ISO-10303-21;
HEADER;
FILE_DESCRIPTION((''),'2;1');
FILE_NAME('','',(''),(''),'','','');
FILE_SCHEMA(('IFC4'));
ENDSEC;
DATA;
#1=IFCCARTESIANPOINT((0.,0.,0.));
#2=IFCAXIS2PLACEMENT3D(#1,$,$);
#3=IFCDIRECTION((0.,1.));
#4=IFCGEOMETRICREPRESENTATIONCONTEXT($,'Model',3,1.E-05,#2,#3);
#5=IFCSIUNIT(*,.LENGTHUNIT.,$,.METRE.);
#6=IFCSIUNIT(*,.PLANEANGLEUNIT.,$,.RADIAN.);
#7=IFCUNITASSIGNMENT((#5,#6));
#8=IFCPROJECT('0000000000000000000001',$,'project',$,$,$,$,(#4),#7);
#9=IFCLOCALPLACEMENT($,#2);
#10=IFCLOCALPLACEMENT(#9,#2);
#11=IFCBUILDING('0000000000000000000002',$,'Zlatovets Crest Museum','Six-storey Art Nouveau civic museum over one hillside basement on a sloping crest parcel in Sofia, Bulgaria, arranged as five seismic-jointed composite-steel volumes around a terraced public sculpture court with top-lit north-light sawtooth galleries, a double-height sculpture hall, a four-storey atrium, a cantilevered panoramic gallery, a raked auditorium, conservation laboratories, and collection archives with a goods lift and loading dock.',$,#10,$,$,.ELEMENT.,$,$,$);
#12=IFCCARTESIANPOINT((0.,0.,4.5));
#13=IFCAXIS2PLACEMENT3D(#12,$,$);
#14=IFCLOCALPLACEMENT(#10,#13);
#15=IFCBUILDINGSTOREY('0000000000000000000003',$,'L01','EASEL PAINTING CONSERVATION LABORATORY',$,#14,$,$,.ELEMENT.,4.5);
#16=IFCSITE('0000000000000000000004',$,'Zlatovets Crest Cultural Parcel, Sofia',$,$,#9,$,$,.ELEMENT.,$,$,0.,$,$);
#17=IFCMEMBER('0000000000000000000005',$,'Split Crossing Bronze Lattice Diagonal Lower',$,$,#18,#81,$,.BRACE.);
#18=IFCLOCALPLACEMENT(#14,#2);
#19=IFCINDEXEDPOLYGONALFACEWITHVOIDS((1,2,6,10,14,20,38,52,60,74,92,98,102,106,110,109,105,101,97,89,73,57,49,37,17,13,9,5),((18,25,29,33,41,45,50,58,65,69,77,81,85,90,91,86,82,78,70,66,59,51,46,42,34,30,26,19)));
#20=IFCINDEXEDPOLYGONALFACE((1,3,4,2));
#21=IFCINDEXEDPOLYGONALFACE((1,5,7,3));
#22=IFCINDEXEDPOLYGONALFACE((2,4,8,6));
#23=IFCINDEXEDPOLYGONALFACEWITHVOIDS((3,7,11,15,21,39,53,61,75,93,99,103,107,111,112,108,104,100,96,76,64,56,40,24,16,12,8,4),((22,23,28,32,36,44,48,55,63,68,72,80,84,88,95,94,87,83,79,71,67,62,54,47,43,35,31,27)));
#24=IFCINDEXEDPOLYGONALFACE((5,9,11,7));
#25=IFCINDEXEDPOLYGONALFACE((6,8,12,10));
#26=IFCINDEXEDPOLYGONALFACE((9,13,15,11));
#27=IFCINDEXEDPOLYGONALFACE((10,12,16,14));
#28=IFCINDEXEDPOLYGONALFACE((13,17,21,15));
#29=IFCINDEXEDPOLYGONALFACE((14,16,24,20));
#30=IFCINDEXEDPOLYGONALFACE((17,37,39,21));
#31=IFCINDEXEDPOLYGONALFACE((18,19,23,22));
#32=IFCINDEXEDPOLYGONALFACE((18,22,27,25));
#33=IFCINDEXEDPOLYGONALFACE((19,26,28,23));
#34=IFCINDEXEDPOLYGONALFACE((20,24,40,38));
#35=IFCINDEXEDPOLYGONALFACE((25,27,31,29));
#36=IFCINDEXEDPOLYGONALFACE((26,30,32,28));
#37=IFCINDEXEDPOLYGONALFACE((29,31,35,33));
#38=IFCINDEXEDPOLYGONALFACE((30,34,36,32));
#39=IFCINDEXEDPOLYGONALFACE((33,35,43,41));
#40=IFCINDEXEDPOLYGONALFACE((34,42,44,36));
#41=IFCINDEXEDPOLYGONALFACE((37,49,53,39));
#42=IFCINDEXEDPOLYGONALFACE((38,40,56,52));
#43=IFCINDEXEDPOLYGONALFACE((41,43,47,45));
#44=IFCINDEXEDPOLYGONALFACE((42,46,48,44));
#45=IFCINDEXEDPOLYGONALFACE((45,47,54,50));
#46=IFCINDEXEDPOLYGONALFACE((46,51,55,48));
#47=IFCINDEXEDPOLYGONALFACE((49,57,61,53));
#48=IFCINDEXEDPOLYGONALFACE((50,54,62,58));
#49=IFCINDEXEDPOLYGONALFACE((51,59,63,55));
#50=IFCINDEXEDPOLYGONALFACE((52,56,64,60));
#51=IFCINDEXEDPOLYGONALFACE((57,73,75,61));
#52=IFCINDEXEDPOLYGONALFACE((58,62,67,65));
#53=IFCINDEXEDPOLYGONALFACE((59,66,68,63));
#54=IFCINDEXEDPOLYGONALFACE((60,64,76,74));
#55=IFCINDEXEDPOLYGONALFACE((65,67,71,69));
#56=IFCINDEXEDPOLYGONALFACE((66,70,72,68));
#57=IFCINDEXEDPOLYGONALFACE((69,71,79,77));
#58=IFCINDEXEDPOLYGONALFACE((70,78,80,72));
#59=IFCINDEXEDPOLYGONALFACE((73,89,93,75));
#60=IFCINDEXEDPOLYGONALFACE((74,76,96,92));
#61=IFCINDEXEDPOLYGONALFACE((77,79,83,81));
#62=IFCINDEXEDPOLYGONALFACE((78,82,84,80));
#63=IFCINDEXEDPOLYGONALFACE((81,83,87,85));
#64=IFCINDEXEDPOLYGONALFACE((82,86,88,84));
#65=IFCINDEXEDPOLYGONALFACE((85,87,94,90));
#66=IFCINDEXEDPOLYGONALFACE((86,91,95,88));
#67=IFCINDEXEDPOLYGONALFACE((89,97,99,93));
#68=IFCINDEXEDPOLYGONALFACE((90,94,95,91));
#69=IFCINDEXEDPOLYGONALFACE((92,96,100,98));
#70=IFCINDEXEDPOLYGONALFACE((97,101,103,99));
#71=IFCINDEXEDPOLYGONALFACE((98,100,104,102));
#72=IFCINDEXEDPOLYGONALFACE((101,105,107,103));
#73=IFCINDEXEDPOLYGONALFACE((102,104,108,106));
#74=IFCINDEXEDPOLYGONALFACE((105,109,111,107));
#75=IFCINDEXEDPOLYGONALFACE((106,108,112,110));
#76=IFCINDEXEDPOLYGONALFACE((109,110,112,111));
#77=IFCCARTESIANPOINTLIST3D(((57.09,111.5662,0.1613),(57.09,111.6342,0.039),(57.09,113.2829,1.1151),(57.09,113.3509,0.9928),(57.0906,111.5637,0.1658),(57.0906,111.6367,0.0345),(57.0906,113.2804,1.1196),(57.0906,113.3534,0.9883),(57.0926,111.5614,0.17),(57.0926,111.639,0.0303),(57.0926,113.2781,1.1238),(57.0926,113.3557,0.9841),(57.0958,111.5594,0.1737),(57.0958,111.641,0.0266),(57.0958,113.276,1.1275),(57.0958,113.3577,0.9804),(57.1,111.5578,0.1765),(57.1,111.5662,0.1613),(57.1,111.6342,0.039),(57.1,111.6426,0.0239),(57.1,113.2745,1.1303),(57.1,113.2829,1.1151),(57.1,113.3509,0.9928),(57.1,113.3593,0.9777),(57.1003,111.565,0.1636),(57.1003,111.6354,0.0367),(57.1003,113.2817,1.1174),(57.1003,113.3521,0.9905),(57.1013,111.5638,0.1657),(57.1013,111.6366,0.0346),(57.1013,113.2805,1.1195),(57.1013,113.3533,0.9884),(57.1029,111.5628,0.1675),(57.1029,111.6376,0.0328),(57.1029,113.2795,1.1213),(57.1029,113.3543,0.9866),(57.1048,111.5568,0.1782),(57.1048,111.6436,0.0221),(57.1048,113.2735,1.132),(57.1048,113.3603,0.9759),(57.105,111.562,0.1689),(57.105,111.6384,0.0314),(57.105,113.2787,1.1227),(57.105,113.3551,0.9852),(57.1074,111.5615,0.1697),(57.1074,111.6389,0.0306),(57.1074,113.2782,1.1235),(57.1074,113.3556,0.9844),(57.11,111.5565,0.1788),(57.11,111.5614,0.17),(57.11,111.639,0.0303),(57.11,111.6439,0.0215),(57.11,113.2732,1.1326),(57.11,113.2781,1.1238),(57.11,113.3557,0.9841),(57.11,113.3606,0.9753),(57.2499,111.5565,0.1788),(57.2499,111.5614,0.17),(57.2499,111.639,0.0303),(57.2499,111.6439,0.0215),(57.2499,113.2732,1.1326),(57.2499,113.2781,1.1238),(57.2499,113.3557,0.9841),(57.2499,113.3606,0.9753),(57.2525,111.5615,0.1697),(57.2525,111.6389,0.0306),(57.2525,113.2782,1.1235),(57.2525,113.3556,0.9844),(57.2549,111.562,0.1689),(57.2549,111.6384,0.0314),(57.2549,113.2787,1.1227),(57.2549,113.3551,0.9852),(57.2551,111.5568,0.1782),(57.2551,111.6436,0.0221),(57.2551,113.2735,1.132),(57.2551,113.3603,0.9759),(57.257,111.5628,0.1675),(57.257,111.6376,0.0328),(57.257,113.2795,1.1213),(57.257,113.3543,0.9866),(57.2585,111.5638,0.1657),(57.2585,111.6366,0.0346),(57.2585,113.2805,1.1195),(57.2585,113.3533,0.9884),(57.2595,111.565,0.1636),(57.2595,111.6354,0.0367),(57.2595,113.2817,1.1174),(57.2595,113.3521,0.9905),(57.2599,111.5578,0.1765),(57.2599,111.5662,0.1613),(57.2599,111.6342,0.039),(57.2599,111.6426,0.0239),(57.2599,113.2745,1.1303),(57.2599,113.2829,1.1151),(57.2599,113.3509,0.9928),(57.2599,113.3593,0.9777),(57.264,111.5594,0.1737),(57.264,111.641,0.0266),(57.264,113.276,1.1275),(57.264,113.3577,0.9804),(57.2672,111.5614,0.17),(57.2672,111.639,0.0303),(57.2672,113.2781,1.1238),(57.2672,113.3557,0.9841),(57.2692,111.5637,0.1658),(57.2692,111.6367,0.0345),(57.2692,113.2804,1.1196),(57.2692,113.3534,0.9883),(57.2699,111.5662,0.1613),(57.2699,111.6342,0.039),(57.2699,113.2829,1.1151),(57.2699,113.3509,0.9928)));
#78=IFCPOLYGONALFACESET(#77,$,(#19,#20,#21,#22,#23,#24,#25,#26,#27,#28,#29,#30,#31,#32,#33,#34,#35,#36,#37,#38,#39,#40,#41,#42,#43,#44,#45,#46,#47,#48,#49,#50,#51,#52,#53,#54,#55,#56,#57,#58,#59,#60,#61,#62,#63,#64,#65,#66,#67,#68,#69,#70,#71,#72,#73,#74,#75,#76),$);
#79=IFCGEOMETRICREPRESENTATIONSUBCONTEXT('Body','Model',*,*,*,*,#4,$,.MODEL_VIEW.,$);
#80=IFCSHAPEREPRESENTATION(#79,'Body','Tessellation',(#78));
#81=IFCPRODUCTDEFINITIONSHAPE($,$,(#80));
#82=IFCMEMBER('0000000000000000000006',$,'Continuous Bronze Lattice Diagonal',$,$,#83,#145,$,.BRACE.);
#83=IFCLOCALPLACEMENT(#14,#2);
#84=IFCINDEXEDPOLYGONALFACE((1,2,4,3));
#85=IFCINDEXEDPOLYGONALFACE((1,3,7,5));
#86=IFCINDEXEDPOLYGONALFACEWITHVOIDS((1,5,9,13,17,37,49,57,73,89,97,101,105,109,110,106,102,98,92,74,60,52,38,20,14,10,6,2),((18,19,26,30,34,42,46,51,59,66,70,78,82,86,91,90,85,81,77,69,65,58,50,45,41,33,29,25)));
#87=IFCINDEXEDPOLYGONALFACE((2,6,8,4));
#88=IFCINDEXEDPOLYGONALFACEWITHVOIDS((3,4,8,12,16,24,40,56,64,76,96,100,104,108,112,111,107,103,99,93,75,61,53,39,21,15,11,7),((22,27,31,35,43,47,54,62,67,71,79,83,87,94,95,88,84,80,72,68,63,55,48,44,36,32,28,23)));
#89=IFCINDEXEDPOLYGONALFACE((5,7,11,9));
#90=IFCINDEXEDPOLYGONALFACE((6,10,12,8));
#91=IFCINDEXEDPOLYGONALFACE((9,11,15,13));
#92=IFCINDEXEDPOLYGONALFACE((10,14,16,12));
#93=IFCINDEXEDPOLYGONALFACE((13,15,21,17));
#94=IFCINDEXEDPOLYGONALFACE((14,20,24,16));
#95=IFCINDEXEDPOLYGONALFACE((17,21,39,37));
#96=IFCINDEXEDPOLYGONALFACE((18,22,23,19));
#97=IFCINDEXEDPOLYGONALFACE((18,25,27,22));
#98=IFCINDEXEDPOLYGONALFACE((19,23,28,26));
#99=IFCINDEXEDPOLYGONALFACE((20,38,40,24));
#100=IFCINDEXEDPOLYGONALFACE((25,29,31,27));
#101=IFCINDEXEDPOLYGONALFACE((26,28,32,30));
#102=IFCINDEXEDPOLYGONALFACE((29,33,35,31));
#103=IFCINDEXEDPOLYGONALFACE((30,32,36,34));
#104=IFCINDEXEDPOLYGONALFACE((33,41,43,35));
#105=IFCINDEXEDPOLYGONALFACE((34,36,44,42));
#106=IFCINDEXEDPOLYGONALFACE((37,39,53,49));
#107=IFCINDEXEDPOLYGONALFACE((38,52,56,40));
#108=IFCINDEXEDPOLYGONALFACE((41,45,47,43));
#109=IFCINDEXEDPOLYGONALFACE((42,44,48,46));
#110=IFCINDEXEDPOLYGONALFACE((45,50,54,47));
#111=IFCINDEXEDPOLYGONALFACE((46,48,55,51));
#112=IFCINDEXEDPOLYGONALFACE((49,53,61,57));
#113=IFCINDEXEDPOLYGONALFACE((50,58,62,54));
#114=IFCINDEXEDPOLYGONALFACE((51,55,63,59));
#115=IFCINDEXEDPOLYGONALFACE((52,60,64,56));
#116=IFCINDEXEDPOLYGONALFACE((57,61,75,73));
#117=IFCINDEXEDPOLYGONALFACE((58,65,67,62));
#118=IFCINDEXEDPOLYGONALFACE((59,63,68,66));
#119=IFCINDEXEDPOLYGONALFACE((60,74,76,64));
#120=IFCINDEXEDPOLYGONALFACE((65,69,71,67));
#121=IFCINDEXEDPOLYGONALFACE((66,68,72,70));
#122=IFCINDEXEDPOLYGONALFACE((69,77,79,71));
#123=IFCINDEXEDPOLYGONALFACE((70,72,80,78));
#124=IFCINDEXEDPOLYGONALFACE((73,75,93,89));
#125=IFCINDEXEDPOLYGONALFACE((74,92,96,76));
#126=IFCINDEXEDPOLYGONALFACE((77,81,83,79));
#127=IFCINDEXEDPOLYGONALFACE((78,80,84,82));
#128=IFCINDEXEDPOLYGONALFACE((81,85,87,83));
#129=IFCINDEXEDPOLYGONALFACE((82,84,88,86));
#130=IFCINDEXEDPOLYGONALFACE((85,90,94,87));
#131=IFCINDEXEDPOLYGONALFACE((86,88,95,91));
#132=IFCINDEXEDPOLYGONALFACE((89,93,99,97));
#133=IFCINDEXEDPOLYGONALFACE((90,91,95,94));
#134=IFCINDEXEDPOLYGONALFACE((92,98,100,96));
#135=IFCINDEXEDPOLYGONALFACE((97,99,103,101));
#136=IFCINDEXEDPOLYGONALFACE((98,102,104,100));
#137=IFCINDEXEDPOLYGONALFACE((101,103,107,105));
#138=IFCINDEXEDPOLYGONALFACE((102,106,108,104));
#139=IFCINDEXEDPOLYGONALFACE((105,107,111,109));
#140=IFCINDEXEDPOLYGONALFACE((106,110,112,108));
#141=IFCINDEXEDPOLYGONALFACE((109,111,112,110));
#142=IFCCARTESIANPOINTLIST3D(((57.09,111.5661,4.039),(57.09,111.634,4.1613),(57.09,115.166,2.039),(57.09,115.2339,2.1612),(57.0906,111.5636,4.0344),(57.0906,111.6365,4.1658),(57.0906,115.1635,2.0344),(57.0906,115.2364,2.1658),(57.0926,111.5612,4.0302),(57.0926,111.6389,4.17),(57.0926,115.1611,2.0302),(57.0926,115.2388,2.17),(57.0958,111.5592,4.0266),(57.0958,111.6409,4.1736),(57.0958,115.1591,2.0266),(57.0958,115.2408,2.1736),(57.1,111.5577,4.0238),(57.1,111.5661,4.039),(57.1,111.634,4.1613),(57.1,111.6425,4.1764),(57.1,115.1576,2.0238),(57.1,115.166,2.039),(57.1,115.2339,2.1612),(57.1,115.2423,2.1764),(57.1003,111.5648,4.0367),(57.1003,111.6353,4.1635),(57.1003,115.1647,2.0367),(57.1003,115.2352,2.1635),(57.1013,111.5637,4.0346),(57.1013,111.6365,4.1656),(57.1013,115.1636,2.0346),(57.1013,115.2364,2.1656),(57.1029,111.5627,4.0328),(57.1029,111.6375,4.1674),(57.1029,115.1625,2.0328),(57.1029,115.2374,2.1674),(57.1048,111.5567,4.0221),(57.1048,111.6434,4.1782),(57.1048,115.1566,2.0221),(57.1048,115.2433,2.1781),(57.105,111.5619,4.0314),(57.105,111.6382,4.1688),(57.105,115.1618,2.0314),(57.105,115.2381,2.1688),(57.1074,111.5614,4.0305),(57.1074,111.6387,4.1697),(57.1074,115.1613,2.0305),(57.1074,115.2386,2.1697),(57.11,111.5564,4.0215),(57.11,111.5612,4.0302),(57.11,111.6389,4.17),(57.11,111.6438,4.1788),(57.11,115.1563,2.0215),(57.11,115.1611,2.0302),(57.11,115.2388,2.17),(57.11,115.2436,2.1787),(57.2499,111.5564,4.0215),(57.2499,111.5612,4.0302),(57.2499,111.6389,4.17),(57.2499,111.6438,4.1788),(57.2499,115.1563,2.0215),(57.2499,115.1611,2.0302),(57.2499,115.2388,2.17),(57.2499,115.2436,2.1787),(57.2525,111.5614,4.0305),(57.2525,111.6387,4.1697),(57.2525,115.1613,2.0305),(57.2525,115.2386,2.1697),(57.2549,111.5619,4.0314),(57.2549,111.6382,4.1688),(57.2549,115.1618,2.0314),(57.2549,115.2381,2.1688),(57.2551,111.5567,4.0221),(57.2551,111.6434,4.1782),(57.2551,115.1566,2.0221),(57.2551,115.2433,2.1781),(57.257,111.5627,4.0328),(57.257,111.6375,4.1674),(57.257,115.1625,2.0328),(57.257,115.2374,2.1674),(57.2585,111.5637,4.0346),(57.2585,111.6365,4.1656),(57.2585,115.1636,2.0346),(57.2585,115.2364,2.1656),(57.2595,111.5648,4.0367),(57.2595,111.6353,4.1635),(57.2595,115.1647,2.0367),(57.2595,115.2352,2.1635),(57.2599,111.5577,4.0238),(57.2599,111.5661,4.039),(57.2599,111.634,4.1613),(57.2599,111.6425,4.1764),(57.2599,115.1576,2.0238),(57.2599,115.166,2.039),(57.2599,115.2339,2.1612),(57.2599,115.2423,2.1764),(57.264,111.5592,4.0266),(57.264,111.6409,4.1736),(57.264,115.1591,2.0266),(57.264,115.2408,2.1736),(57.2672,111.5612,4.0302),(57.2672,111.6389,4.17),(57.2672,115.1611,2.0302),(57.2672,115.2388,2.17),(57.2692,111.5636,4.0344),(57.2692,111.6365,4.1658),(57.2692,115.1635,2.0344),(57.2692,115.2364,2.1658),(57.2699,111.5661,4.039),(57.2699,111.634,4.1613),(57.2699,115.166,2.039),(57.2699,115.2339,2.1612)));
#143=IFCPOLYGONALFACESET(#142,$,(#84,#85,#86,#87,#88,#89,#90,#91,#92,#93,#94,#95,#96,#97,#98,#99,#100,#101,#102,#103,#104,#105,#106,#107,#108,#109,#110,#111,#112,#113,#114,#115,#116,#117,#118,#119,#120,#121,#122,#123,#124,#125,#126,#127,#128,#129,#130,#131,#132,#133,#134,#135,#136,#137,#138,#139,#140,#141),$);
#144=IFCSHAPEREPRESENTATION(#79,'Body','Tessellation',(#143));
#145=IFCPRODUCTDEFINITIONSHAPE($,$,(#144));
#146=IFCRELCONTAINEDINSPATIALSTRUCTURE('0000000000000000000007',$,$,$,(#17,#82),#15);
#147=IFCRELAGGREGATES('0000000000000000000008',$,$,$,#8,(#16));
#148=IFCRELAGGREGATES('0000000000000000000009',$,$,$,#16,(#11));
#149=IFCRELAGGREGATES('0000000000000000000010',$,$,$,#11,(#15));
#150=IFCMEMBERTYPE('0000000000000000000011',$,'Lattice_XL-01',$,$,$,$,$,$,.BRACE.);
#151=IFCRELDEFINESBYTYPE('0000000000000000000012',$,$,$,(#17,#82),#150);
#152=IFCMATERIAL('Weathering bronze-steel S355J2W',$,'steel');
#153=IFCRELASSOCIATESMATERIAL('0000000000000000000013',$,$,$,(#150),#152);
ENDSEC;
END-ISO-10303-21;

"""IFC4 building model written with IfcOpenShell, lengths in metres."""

from ifc_helpers import new_model, si_unit, direction, frame, origin, origin_2d, place, context, subcontext, project, spatial, hollow_rectangle, extrude, material, material_profile, profile_set, type_object, element, save


model = new_model("IFC4")

# Units and contexts
model_context = context("Model", 3, precision=1e-05, world=origin(), true_north=direction((0.0, 1.0)))
body_context = subcontext(model_context, "Body", "Model", "MODEL_VIEW")
ifc_project = project(units=[si_unit("LENGTHUNIT", "METRE"), si_unit("PLANEANGLEUNIT", "RADIAN")], contexts=[model_context])

# Site, building, storey
site_placement = place(None, origin())
site = spatial("IfcSite", under=ifc_project, at=site_placement, Name="Zlatovets Crest Cultural Parcel, Sofia", CompositionType="ELEMENT", RefElevation=0.0)
building_placement = place(site_placement, origin())
building = spatial("IfcBuilding", under=site, at=building_placement, Name="Zlatovets Crest Museum", Description="Six-storey Art Nouveau civic museum over one hillside basement on a sloping crest parcel in Sofia, Bulgaria, arranged as five seismic-jointed composite-steel volumes around a terraced public sculpture court with top-lit north-light sawtooth galleries, a double-height sculpture hall, a four-storey atrium, a cantilevered panoramic gallery, a raked auditorium, conservation laboratories, and collection archives with a goods lift and loading dock.", CompositionType="ELEMENT")
storey_placement = place(building_placement, frame((0.0, 0.0, 4.5)))
storey = spatial("IfcBuildingStorey", under=building, at=storey_placement, Name="L01", Description="EASEL PAINTING CONSERVATION LABORATORY", CompositionType="ELEMENT", Elevation=4.5)

# Members
ifc_material_1 = material(Name="Weathering bronze-steel S355J2W", Category="steel")
ifc_material_profile_1 = material_profile(ifc_material_1, hollow_rectangle(XDim=0.1799, YDim=0.1799, WallThickness=0.01, InnerFilletRadius=0.01, OuterFilletRadius=0.02, at=origin_2d()), Name="SHS 180x180x10.0")
ifc_profile_set_1 = profile_set([ifc_material_profile_1], Name="Weathering bronze-steel S355J2W")
member_type_1 = type_object("IfcMemberType", Name="Lattice_XL-01", PredefinedType="BRACE", material=ifc_profile_set_1)
member_1_placement = place(storey_placement, frame((57.1799, 113.3169, 1.054), z_axis=(0.0, -0.87414, -0.485675), x_axis=(1.0, 0.0, 0.0)))
element("IfcMember", 1, at=member_1_placement, inside=storey, type_object=member_type_1, Name="Split Crossing Bronze Lattice Diagonal Lower", PredefinedType="BRACE", context=body_context, shape_type="SweptSolid", body=[
    extrude(hollow_rectangle(XDim=0.1799, YDim=0.1799, WallThickness=0.01, InnerFilletRadius=0.01, OuterFilletRadius=0.02, at=origin_2d()), origin(), (0.0, 0.0, 1.0), 1.9639),
])
member_2_placement = place(storey_placement, frame((57.1799, 115.2, 2.1001), z_axis=(0.0, -0.874149, 0.485658), x_axis=(1.0, 0.0, 0.0)))
element("IfcMember", 2, at=member_2_placement, inside=storey, type_object=member_type_1, Name="Continuous Bronze Lattice Diagonal", PredefinedType="BRACE", context=body_context, shape_type="SweptSolid", body=[
    extrude(hollow_rectangle(XDim=0.1799, YDim=0.1799, WallThickness=0.01, InnerFilletRadius=0.01, OuterFilletRadius=0.02, at=origin_2d()), origin(), (0.0, 0.0, 1.0), 4.1182),
])

save(model, "model.ifc")
